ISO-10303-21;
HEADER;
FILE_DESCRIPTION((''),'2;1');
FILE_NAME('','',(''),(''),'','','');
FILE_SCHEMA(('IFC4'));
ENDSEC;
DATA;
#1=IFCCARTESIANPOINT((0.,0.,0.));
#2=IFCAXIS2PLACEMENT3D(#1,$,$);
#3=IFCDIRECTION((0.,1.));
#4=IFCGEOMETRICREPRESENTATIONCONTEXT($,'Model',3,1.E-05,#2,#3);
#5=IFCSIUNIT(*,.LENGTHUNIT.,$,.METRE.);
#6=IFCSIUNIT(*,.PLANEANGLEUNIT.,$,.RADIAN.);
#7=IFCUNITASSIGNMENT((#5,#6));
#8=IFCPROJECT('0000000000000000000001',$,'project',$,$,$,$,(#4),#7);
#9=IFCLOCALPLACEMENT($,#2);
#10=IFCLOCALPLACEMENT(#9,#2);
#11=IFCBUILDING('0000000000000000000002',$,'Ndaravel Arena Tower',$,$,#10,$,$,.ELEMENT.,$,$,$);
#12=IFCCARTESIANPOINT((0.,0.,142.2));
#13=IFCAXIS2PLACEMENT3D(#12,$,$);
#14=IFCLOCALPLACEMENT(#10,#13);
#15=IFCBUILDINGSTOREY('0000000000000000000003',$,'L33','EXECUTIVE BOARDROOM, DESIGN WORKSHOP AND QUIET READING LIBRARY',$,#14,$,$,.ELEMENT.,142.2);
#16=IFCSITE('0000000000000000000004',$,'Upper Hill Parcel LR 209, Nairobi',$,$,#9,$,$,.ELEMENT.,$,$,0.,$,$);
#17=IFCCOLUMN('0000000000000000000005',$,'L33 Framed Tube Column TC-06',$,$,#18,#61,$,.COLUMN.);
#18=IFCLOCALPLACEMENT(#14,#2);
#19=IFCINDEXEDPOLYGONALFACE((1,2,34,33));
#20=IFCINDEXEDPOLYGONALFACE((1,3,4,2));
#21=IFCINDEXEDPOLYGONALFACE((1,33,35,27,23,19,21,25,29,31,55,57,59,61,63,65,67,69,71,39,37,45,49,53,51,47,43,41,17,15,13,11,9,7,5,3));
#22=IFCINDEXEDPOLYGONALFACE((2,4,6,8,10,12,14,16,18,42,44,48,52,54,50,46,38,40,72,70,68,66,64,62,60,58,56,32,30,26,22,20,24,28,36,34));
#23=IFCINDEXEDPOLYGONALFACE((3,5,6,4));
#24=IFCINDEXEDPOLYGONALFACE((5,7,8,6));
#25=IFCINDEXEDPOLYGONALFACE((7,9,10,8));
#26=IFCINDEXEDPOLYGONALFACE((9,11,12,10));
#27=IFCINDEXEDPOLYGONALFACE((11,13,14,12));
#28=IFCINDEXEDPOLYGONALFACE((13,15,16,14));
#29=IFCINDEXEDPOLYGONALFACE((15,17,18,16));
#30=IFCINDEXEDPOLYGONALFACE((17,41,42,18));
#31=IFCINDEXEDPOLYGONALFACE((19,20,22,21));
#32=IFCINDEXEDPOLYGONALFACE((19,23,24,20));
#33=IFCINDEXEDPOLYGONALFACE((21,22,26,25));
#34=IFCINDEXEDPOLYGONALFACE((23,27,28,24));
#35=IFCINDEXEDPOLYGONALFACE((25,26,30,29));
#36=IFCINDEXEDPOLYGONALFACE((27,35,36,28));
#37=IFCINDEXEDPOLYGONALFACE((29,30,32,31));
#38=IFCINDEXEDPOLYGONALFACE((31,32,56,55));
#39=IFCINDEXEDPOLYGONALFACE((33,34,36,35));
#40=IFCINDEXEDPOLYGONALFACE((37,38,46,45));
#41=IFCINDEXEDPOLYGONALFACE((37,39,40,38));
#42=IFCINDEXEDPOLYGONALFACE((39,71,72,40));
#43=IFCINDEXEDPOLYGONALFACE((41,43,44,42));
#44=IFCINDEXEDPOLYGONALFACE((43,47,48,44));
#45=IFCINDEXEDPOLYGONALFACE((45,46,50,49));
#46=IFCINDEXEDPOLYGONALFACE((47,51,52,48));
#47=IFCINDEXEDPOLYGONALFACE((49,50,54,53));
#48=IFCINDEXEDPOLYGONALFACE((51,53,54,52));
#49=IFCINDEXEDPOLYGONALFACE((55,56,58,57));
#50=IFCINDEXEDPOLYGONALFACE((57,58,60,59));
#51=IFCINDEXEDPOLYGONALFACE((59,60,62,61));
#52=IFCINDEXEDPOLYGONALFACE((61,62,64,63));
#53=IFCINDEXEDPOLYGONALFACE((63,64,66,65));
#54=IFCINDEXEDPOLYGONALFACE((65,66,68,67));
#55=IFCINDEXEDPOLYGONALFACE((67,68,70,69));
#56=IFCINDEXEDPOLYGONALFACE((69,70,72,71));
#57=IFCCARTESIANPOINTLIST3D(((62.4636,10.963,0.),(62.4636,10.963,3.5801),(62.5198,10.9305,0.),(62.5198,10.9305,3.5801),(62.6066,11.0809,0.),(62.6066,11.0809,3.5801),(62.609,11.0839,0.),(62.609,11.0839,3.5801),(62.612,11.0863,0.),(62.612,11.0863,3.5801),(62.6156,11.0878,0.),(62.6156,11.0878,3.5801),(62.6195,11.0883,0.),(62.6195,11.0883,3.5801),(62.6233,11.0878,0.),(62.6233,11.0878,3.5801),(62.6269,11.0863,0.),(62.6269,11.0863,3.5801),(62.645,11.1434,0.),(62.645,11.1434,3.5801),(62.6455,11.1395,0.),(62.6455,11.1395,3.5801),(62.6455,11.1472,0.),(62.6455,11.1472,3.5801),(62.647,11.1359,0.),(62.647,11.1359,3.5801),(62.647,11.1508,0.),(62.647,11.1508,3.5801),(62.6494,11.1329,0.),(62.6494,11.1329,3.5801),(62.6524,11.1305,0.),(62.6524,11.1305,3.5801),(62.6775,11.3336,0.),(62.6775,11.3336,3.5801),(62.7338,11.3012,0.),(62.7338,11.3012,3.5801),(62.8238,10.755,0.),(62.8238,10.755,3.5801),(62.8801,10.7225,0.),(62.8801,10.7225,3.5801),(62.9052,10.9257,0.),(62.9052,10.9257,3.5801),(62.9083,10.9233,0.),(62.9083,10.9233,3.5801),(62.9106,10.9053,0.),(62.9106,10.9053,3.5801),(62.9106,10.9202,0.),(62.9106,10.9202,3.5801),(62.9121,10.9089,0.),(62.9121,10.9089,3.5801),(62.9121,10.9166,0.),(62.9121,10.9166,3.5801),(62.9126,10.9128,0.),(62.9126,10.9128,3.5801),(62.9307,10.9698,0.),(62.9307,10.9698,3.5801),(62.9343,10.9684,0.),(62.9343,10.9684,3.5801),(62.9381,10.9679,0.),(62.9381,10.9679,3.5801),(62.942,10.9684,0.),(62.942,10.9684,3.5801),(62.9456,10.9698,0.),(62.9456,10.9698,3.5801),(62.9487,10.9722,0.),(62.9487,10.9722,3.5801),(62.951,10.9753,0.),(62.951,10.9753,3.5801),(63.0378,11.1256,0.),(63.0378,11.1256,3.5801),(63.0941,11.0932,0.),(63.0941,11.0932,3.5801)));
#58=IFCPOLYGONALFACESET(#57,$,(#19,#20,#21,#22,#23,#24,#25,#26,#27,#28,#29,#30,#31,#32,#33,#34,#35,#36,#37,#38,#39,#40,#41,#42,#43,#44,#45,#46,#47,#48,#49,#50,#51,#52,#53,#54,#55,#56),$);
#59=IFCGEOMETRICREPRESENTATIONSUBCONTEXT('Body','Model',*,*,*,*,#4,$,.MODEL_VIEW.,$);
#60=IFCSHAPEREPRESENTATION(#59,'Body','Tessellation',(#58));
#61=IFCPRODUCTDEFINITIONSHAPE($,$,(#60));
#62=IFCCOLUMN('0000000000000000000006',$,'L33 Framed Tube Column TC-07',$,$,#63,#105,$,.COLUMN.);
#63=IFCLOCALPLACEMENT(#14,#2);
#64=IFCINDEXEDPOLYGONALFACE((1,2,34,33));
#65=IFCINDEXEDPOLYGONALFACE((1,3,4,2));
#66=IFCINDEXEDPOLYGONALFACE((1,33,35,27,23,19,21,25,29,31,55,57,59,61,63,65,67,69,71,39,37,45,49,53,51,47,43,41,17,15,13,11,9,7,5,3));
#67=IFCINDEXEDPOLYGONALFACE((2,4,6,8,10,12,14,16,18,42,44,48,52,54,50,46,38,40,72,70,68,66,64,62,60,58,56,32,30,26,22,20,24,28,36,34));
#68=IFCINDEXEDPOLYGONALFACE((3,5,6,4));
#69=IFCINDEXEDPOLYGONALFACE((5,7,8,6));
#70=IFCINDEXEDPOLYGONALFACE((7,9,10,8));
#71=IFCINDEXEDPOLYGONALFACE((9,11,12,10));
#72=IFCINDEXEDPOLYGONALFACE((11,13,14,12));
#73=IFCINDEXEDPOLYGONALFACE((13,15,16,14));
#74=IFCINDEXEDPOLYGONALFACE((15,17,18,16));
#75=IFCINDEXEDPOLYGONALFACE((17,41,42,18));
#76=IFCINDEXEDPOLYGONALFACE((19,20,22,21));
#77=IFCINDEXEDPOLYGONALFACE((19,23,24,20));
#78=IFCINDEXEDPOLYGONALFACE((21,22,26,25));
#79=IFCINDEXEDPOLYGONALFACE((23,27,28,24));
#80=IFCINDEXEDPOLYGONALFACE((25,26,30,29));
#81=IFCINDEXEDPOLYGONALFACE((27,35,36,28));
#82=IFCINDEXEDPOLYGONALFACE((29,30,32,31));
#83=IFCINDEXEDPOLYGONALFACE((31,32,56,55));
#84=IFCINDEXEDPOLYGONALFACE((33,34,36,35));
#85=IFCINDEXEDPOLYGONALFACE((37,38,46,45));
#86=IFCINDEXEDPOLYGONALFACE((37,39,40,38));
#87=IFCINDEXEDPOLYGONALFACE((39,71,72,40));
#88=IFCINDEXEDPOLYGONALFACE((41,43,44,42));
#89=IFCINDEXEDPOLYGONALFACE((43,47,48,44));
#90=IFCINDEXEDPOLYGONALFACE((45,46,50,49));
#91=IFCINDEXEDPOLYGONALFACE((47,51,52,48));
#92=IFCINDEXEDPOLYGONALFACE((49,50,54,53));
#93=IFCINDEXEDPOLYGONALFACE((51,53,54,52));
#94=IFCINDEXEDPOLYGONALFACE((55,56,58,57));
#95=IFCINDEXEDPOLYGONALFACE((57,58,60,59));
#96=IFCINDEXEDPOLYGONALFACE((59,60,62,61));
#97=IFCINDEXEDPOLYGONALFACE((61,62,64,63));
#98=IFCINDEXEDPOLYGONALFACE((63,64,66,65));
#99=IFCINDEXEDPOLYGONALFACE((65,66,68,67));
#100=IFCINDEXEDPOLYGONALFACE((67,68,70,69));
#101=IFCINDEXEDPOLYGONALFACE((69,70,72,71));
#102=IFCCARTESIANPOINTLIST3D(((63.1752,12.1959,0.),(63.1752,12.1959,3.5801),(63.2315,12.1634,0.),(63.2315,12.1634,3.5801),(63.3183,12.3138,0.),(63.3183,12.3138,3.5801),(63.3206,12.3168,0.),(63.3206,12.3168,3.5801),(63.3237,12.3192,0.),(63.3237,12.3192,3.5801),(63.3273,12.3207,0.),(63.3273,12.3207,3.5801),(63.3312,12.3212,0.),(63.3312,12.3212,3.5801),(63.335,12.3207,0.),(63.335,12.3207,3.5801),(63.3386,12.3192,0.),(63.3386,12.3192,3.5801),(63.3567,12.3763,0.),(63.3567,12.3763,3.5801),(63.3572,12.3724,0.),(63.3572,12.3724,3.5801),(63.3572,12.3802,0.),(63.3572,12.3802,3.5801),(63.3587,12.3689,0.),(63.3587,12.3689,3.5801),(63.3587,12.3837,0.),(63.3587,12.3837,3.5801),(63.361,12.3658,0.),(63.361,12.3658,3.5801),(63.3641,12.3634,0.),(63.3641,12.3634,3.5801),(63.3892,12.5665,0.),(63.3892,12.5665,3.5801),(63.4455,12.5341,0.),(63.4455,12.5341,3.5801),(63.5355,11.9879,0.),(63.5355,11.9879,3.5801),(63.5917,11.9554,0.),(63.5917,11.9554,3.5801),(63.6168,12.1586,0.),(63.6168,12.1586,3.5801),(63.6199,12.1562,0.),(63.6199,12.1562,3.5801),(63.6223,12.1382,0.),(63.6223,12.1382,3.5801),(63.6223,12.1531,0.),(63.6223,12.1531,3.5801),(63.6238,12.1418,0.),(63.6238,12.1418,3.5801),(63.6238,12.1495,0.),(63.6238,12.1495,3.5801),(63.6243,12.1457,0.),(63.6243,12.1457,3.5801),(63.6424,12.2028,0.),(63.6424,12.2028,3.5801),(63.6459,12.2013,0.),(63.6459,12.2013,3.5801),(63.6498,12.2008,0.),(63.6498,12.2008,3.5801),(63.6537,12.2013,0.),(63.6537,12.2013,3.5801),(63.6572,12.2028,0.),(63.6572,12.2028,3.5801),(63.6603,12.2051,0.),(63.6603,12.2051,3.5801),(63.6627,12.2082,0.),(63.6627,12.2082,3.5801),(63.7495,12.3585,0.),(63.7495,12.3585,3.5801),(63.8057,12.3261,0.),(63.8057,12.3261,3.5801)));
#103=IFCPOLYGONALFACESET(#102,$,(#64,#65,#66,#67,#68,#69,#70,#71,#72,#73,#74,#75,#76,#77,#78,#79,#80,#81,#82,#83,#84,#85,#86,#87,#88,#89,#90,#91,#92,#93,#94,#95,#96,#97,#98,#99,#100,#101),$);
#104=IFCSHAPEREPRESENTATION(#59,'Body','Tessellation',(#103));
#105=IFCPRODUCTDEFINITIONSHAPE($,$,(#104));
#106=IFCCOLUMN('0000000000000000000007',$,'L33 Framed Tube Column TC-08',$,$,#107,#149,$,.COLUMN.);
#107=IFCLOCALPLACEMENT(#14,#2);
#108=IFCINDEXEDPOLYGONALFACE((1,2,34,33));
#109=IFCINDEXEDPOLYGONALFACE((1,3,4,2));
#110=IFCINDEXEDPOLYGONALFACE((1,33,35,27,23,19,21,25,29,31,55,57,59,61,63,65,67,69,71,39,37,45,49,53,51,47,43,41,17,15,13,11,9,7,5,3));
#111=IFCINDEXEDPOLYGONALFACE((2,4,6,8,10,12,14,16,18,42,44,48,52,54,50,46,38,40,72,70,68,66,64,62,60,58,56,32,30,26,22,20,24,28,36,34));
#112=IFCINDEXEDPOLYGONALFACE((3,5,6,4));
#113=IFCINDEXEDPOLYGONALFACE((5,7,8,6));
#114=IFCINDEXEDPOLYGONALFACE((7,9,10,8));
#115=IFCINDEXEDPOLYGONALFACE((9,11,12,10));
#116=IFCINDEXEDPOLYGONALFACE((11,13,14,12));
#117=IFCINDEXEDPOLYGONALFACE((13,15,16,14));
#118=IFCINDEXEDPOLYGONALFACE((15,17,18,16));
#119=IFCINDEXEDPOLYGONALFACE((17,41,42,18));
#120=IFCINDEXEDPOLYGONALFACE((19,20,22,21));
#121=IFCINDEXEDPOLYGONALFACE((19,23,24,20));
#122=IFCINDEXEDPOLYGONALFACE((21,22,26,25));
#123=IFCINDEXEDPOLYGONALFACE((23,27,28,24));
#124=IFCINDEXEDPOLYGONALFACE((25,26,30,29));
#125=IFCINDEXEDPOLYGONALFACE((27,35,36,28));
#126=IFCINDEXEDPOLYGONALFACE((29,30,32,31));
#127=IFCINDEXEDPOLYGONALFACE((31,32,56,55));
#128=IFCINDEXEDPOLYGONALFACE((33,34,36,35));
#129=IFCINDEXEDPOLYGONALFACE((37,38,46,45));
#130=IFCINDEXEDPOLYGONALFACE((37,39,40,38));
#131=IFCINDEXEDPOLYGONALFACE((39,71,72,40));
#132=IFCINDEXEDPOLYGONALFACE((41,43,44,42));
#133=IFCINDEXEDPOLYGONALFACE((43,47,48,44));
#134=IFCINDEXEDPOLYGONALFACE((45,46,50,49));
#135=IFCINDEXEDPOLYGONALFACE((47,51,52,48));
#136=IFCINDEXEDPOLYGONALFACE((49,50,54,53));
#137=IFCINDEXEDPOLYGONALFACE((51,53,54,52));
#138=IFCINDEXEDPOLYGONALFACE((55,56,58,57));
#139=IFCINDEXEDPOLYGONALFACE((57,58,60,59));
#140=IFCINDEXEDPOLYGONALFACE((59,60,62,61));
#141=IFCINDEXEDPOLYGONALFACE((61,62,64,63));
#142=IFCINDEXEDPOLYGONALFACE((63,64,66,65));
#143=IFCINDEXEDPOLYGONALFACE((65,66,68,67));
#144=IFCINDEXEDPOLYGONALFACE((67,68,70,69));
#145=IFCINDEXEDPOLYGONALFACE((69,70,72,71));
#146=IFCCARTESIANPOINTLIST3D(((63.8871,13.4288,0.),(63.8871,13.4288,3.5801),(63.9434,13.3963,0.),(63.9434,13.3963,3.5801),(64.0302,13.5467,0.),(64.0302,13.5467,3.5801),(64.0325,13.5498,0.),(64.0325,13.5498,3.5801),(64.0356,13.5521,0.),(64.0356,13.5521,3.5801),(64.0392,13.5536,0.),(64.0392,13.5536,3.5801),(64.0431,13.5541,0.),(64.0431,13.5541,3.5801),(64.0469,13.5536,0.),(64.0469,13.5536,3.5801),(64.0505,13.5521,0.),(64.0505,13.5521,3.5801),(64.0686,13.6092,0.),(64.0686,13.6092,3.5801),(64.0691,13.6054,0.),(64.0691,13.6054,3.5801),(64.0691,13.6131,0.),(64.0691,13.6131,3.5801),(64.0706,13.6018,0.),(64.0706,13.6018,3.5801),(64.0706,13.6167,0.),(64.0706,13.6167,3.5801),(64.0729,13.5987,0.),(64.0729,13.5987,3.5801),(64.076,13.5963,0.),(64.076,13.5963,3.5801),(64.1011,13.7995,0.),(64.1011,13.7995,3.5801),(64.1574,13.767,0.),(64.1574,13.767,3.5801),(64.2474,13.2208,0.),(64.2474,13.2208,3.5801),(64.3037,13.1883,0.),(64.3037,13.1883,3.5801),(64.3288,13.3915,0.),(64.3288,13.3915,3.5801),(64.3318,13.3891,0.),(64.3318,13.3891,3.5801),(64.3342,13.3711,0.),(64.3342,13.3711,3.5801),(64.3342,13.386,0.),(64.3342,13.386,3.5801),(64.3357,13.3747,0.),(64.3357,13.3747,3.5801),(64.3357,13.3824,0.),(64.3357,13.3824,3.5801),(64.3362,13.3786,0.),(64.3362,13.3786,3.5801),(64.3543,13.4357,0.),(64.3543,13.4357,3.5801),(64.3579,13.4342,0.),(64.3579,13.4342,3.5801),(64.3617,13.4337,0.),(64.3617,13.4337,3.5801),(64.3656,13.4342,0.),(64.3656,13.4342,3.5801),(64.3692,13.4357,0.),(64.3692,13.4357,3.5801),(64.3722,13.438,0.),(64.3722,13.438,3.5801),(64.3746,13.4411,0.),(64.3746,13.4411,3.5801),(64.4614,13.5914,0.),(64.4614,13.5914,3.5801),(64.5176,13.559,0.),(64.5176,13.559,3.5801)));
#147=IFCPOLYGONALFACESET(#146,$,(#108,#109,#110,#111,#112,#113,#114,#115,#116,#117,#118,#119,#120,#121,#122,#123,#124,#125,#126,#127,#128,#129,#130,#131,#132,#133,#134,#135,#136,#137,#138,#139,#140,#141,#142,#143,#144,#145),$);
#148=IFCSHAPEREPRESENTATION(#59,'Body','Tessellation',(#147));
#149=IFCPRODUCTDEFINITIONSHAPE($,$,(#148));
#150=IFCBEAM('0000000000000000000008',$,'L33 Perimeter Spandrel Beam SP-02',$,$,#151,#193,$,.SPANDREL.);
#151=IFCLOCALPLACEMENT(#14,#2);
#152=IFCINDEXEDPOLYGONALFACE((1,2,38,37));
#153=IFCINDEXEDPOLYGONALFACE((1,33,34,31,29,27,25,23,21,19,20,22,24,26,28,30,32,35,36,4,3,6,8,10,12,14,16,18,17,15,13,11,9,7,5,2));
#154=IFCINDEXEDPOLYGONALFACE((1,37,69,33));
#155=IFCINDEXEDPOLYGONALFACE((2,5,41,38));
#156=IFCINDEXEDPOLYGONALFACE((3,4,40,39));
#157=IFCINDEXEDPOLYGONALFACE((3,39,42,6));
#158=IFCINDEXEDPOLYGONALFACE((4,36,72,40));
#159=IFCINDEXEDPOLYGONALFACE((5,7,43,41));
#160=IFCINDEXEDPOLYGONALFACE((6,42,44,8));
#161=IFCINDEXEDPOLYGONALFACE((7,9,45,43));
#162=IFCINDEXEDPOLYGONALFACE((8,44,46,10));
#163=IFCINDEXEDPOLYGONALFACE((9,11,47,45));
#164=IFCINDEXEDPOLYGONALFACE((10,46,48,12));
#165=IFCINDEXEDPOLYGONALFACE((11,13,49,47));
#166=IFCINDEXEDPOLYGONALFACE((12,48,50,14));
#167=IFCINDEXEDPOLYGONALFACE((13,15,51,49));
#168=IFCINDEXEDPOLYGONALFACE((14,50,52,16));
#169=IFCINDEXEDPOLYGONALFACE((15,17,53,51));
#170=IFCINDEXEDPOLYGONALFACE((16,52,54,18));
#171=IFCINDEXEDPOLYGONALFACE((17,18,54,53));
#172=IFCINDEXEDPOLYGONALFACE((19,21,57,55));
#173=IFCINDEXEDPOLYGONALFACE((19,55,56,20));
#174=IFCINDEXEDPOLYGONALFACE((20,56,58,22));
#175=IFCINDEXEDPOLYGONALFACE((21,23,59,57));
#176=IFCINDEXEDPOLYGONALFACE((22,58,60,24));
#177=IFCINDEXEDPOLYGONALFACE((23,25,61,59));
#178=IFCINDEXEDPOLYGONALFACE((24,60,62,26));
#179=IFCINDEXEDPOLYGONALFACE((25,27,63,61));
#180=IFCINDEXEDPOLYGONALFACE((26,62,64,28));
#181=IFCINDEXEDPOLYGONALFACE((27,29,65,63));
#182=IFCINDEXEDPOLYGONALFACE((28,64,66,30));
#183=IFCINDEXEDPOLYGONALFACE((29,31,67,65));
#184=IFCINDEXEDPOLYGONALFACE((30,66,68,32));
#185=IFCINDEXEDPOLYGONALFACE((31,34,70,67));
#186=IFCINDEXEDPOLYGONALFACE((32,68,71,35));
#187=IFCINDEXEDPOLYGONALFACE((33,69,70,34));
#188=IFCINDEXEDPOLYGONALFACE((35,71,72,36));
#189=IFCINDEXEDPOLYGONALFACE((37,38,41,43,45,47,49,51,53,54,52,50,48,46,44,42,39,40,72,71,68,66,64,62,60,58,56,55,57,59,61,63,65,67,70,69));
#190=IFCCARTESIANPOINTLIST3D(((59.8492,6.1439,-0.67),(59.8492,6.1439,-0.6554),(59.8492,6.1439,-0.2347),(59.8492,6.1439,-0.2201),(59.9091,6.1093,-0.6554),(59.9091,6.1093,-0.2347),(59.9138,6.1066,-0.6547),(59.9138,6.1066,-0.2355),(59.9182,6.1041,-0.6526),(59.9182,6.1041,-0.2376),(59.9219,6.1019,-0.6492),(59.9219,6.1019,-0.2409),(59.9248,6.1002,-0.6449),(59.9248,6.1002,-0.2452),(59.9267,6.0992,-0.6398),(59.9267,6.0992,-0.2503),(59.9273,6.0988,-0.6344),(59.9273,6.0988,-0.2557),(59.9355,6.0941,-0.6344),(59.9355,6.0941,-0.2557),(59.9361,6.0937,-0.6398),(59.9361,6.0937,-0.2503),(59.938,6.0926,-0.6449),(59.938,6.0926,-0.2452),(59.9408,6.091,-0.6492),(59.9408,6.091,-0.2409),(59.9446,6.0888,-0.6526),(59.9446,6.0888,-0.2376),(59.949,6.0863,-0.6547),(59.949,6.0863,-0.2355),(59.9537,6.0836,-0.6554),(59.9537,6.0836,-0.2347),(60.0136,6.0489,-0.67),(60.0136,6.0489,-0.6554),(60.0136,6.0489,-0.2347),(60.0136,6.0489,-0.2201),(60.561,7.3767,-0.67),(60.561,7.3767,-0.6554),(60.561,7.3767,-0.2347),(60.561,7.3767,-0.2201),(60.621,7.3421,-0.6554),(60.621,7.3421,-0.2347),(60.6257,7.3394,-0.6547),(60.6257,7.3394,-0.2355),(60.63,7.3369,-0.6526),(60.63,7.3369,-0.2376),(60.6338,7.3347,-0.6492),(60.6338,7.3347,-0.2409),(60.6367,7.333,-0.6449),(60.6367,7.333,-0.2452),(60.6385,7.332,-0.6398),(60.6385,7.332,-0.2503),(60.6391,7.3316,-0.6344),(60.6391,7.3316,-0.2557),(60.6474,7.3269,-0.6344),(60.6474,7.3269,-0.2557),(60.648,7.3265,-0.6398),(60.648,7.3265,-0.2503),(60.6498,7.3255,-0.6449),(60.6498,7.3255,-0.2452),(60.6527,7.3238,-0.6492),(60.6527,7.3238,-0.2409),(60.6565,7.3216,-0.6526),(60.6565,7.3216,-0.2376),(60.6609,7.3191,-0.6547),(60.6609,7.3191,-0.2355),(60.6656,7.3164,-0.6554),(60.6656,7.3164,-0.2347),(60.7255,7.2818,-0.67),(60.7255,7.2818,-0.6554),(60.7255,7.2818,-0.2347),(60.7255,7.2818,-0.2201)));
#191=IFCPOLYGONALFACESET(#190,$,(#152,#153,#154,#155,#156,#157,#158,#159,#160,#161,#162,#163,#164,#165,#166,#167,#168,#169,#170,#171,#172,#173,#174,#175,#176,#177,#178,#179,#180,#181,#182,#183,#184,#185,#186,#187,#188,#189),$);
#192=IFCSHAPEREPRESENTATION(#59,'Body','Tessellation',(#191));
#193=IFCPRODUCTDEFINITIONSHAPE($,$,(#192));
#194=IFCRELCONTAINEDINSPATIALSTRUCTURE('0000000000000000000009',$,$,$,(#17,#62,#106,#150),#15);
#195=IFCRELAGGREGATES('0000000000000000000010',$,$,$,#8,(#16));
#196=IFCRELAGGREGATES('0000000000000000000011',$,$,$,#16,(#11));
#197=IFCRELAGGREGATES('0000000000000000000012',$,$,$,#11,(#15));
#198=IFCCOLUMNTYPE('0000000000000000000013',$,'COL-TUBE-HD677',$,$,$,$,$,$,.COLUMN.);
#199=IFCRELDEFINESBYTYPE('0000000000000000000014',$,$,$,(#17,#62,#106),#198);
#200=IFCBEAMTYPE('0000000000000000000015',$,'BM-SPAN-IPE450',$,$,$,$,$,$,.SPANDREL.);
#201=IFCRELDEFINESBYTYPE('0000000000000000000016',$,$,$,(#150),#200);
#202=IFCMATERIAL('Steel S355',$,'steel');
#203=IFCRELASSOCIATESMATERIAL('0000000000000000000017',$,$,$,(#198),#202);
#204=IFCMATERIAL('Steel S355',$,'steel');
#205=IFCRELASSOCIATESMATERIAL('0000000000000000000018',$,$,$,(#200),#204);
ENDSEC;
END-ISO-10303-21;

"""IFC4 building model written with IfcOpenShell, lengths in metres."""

from ifc_helpers import new_model, si_unit, direction, frame, origin, origin_2d, place, context, subcontext, project, spatial, i_section, extrude, material, material_profile, profile_set, type_object, element, save


model = new_model("IFC4")

# Units and contexts
model_context = context("Model", 3, precision=1e-05, world=origin(), true_north=direction((0.0, 1.0)))
body_context = subcontext(model_context, "Body", "Model", "MODEL_VIEW")
ifc_project = project(units=[si_unit("LENGTHUNIT", "METRE"), si_unit("PLANEANGLEUNIT", "RADIAN")], contexts=[model_context])

# Site, building, storey
site_placement = place(None, origin())
site = spatial("IfcSite", under=ifc_project, at=site_placement, Name="Upper Hill Parcel LR 209, Nairobi", CompositionType="ELEMENT", RefElevation=0.0)
building_placement = place(site_placement, origin())
building = spatial("IfcBuilding", under=site, at=building_placement, Name="Ndaravel Arena Tower", CompositionType="ELEMENT")
storey_placement = place(building_placement, frame((0.0, 0.0, 142.2)))
storey = spatial("IfcBuildingStorey", under=building, at=storey_placement, Name="L33", Description="EXECUTIVE BOARDROOM, DESIGN WORKSHOP AND QUIET READING LIBRARY", CompositionType="ELEMENT", Elevation=142.2)

# Columns
ifc_material_1 = material(Name="Steel S355", Category="steel")
ifc_material_profile_1 = material_profile(ifc_material_1, i_section(OverallWidth=0.428, OverallDepth=0.481, WebThickness=0.051, FlangeThickness=0.0649, FilletRadius=0.0149, at=origin_2d()), Name="HD 400x677")
ifc_profile_set_1 = profile_set([ifc_material_profile_1], Name="Steel S355")
column_type = type_object("IfcColumnType", Name="COL-TUBE-HD677", PredefinedType="COLUMN", material=ifc_profile_set_1)
for number, where, z_axis, x_axis, name in (
    (1, (62.7788, 11.0281, 0.0), (0.0, 0.0, 1.0), (0.5, 0.866025, 0.0), "L33 Framed Tube Column TC-06"),
    (2, (63.4905, 12.261, 0.0), (0.0, 0.0, 1.0), (0.5, 0.866025, 0.0), "L33 Framed Tube Column TC-07"),
    (3, (64.2024, 13.4939, 0.0), (0.0, 0.0, 1.0), (0.5, 0.866025, 0.0), "L33 Framed Tube Column TC-08"),
):
    element("IfcColumn", number, at=place(storey_placement, frame(where, z_axis=z_axis, x_axis=x_axis)), inside=storey, type_object=column_type, Name=name, PredefinedType="COLUMN", context=body_context, shape_type="SweptSolid", body=[
        extrude(i_section(OverallWidth=0.428, OverallDepth=0.481, WebThickness=0.051, FlangeThickness=0.0649, FilletRadius=0.0149, at=origin_2d()), origin(), (0.0, 0.0, 1.0), 3.5801),
    ])

# Beam
ifc_material_2 = material(Name="Steel S355", Category="steel")
ifc_material_profile_2 = material_profile(ifc_material_2, i_section(OverallWidth=0.1899, OverallDepth=0.45, WebThickness=0.0095, FlangeThickness=0.0146, FilletRadius=0.021, at=origin_2d()), Name="IPE 450")
ifc_profile_set_2 = profile_set([ifc_material_profile_2], Name="Steel S355")
beam_type = type_object("IfcBeamType", Name="BM-SPAN-IPE450", PredefinedType="SPANDREL", material=ifc_profile_set_2)
for number, where, z_axis, x_axis, name in (
    (4, (59.9314, 6.0964, -0.4451), (0.500049, 0.865997, 0.0), (-0.865997, 0.500049, 0.0), "L33 Perimeter Spandrel Beam SP-02"),
):
    element("IfcBeam", number, at=place(storey_placement, frame(where, z_axis=z_axis, x_axis=x_axis)), inside=storey, type_object=beam_type, Name=name, PredefinedType="SPANDREL", context=body_context, shape_type="SweptSolid", body=[
        extrude(i_section(OverallWidth=0.1899, OverallDepth=0.45, WebThickness=0.0095, FlangeThickness=0.0146, FilletRadius=0.021, at=origin_2d()), origin(), (0.0, 0.0, 1.0), 1.4236),
    ])

save(model, "model.ifc")
